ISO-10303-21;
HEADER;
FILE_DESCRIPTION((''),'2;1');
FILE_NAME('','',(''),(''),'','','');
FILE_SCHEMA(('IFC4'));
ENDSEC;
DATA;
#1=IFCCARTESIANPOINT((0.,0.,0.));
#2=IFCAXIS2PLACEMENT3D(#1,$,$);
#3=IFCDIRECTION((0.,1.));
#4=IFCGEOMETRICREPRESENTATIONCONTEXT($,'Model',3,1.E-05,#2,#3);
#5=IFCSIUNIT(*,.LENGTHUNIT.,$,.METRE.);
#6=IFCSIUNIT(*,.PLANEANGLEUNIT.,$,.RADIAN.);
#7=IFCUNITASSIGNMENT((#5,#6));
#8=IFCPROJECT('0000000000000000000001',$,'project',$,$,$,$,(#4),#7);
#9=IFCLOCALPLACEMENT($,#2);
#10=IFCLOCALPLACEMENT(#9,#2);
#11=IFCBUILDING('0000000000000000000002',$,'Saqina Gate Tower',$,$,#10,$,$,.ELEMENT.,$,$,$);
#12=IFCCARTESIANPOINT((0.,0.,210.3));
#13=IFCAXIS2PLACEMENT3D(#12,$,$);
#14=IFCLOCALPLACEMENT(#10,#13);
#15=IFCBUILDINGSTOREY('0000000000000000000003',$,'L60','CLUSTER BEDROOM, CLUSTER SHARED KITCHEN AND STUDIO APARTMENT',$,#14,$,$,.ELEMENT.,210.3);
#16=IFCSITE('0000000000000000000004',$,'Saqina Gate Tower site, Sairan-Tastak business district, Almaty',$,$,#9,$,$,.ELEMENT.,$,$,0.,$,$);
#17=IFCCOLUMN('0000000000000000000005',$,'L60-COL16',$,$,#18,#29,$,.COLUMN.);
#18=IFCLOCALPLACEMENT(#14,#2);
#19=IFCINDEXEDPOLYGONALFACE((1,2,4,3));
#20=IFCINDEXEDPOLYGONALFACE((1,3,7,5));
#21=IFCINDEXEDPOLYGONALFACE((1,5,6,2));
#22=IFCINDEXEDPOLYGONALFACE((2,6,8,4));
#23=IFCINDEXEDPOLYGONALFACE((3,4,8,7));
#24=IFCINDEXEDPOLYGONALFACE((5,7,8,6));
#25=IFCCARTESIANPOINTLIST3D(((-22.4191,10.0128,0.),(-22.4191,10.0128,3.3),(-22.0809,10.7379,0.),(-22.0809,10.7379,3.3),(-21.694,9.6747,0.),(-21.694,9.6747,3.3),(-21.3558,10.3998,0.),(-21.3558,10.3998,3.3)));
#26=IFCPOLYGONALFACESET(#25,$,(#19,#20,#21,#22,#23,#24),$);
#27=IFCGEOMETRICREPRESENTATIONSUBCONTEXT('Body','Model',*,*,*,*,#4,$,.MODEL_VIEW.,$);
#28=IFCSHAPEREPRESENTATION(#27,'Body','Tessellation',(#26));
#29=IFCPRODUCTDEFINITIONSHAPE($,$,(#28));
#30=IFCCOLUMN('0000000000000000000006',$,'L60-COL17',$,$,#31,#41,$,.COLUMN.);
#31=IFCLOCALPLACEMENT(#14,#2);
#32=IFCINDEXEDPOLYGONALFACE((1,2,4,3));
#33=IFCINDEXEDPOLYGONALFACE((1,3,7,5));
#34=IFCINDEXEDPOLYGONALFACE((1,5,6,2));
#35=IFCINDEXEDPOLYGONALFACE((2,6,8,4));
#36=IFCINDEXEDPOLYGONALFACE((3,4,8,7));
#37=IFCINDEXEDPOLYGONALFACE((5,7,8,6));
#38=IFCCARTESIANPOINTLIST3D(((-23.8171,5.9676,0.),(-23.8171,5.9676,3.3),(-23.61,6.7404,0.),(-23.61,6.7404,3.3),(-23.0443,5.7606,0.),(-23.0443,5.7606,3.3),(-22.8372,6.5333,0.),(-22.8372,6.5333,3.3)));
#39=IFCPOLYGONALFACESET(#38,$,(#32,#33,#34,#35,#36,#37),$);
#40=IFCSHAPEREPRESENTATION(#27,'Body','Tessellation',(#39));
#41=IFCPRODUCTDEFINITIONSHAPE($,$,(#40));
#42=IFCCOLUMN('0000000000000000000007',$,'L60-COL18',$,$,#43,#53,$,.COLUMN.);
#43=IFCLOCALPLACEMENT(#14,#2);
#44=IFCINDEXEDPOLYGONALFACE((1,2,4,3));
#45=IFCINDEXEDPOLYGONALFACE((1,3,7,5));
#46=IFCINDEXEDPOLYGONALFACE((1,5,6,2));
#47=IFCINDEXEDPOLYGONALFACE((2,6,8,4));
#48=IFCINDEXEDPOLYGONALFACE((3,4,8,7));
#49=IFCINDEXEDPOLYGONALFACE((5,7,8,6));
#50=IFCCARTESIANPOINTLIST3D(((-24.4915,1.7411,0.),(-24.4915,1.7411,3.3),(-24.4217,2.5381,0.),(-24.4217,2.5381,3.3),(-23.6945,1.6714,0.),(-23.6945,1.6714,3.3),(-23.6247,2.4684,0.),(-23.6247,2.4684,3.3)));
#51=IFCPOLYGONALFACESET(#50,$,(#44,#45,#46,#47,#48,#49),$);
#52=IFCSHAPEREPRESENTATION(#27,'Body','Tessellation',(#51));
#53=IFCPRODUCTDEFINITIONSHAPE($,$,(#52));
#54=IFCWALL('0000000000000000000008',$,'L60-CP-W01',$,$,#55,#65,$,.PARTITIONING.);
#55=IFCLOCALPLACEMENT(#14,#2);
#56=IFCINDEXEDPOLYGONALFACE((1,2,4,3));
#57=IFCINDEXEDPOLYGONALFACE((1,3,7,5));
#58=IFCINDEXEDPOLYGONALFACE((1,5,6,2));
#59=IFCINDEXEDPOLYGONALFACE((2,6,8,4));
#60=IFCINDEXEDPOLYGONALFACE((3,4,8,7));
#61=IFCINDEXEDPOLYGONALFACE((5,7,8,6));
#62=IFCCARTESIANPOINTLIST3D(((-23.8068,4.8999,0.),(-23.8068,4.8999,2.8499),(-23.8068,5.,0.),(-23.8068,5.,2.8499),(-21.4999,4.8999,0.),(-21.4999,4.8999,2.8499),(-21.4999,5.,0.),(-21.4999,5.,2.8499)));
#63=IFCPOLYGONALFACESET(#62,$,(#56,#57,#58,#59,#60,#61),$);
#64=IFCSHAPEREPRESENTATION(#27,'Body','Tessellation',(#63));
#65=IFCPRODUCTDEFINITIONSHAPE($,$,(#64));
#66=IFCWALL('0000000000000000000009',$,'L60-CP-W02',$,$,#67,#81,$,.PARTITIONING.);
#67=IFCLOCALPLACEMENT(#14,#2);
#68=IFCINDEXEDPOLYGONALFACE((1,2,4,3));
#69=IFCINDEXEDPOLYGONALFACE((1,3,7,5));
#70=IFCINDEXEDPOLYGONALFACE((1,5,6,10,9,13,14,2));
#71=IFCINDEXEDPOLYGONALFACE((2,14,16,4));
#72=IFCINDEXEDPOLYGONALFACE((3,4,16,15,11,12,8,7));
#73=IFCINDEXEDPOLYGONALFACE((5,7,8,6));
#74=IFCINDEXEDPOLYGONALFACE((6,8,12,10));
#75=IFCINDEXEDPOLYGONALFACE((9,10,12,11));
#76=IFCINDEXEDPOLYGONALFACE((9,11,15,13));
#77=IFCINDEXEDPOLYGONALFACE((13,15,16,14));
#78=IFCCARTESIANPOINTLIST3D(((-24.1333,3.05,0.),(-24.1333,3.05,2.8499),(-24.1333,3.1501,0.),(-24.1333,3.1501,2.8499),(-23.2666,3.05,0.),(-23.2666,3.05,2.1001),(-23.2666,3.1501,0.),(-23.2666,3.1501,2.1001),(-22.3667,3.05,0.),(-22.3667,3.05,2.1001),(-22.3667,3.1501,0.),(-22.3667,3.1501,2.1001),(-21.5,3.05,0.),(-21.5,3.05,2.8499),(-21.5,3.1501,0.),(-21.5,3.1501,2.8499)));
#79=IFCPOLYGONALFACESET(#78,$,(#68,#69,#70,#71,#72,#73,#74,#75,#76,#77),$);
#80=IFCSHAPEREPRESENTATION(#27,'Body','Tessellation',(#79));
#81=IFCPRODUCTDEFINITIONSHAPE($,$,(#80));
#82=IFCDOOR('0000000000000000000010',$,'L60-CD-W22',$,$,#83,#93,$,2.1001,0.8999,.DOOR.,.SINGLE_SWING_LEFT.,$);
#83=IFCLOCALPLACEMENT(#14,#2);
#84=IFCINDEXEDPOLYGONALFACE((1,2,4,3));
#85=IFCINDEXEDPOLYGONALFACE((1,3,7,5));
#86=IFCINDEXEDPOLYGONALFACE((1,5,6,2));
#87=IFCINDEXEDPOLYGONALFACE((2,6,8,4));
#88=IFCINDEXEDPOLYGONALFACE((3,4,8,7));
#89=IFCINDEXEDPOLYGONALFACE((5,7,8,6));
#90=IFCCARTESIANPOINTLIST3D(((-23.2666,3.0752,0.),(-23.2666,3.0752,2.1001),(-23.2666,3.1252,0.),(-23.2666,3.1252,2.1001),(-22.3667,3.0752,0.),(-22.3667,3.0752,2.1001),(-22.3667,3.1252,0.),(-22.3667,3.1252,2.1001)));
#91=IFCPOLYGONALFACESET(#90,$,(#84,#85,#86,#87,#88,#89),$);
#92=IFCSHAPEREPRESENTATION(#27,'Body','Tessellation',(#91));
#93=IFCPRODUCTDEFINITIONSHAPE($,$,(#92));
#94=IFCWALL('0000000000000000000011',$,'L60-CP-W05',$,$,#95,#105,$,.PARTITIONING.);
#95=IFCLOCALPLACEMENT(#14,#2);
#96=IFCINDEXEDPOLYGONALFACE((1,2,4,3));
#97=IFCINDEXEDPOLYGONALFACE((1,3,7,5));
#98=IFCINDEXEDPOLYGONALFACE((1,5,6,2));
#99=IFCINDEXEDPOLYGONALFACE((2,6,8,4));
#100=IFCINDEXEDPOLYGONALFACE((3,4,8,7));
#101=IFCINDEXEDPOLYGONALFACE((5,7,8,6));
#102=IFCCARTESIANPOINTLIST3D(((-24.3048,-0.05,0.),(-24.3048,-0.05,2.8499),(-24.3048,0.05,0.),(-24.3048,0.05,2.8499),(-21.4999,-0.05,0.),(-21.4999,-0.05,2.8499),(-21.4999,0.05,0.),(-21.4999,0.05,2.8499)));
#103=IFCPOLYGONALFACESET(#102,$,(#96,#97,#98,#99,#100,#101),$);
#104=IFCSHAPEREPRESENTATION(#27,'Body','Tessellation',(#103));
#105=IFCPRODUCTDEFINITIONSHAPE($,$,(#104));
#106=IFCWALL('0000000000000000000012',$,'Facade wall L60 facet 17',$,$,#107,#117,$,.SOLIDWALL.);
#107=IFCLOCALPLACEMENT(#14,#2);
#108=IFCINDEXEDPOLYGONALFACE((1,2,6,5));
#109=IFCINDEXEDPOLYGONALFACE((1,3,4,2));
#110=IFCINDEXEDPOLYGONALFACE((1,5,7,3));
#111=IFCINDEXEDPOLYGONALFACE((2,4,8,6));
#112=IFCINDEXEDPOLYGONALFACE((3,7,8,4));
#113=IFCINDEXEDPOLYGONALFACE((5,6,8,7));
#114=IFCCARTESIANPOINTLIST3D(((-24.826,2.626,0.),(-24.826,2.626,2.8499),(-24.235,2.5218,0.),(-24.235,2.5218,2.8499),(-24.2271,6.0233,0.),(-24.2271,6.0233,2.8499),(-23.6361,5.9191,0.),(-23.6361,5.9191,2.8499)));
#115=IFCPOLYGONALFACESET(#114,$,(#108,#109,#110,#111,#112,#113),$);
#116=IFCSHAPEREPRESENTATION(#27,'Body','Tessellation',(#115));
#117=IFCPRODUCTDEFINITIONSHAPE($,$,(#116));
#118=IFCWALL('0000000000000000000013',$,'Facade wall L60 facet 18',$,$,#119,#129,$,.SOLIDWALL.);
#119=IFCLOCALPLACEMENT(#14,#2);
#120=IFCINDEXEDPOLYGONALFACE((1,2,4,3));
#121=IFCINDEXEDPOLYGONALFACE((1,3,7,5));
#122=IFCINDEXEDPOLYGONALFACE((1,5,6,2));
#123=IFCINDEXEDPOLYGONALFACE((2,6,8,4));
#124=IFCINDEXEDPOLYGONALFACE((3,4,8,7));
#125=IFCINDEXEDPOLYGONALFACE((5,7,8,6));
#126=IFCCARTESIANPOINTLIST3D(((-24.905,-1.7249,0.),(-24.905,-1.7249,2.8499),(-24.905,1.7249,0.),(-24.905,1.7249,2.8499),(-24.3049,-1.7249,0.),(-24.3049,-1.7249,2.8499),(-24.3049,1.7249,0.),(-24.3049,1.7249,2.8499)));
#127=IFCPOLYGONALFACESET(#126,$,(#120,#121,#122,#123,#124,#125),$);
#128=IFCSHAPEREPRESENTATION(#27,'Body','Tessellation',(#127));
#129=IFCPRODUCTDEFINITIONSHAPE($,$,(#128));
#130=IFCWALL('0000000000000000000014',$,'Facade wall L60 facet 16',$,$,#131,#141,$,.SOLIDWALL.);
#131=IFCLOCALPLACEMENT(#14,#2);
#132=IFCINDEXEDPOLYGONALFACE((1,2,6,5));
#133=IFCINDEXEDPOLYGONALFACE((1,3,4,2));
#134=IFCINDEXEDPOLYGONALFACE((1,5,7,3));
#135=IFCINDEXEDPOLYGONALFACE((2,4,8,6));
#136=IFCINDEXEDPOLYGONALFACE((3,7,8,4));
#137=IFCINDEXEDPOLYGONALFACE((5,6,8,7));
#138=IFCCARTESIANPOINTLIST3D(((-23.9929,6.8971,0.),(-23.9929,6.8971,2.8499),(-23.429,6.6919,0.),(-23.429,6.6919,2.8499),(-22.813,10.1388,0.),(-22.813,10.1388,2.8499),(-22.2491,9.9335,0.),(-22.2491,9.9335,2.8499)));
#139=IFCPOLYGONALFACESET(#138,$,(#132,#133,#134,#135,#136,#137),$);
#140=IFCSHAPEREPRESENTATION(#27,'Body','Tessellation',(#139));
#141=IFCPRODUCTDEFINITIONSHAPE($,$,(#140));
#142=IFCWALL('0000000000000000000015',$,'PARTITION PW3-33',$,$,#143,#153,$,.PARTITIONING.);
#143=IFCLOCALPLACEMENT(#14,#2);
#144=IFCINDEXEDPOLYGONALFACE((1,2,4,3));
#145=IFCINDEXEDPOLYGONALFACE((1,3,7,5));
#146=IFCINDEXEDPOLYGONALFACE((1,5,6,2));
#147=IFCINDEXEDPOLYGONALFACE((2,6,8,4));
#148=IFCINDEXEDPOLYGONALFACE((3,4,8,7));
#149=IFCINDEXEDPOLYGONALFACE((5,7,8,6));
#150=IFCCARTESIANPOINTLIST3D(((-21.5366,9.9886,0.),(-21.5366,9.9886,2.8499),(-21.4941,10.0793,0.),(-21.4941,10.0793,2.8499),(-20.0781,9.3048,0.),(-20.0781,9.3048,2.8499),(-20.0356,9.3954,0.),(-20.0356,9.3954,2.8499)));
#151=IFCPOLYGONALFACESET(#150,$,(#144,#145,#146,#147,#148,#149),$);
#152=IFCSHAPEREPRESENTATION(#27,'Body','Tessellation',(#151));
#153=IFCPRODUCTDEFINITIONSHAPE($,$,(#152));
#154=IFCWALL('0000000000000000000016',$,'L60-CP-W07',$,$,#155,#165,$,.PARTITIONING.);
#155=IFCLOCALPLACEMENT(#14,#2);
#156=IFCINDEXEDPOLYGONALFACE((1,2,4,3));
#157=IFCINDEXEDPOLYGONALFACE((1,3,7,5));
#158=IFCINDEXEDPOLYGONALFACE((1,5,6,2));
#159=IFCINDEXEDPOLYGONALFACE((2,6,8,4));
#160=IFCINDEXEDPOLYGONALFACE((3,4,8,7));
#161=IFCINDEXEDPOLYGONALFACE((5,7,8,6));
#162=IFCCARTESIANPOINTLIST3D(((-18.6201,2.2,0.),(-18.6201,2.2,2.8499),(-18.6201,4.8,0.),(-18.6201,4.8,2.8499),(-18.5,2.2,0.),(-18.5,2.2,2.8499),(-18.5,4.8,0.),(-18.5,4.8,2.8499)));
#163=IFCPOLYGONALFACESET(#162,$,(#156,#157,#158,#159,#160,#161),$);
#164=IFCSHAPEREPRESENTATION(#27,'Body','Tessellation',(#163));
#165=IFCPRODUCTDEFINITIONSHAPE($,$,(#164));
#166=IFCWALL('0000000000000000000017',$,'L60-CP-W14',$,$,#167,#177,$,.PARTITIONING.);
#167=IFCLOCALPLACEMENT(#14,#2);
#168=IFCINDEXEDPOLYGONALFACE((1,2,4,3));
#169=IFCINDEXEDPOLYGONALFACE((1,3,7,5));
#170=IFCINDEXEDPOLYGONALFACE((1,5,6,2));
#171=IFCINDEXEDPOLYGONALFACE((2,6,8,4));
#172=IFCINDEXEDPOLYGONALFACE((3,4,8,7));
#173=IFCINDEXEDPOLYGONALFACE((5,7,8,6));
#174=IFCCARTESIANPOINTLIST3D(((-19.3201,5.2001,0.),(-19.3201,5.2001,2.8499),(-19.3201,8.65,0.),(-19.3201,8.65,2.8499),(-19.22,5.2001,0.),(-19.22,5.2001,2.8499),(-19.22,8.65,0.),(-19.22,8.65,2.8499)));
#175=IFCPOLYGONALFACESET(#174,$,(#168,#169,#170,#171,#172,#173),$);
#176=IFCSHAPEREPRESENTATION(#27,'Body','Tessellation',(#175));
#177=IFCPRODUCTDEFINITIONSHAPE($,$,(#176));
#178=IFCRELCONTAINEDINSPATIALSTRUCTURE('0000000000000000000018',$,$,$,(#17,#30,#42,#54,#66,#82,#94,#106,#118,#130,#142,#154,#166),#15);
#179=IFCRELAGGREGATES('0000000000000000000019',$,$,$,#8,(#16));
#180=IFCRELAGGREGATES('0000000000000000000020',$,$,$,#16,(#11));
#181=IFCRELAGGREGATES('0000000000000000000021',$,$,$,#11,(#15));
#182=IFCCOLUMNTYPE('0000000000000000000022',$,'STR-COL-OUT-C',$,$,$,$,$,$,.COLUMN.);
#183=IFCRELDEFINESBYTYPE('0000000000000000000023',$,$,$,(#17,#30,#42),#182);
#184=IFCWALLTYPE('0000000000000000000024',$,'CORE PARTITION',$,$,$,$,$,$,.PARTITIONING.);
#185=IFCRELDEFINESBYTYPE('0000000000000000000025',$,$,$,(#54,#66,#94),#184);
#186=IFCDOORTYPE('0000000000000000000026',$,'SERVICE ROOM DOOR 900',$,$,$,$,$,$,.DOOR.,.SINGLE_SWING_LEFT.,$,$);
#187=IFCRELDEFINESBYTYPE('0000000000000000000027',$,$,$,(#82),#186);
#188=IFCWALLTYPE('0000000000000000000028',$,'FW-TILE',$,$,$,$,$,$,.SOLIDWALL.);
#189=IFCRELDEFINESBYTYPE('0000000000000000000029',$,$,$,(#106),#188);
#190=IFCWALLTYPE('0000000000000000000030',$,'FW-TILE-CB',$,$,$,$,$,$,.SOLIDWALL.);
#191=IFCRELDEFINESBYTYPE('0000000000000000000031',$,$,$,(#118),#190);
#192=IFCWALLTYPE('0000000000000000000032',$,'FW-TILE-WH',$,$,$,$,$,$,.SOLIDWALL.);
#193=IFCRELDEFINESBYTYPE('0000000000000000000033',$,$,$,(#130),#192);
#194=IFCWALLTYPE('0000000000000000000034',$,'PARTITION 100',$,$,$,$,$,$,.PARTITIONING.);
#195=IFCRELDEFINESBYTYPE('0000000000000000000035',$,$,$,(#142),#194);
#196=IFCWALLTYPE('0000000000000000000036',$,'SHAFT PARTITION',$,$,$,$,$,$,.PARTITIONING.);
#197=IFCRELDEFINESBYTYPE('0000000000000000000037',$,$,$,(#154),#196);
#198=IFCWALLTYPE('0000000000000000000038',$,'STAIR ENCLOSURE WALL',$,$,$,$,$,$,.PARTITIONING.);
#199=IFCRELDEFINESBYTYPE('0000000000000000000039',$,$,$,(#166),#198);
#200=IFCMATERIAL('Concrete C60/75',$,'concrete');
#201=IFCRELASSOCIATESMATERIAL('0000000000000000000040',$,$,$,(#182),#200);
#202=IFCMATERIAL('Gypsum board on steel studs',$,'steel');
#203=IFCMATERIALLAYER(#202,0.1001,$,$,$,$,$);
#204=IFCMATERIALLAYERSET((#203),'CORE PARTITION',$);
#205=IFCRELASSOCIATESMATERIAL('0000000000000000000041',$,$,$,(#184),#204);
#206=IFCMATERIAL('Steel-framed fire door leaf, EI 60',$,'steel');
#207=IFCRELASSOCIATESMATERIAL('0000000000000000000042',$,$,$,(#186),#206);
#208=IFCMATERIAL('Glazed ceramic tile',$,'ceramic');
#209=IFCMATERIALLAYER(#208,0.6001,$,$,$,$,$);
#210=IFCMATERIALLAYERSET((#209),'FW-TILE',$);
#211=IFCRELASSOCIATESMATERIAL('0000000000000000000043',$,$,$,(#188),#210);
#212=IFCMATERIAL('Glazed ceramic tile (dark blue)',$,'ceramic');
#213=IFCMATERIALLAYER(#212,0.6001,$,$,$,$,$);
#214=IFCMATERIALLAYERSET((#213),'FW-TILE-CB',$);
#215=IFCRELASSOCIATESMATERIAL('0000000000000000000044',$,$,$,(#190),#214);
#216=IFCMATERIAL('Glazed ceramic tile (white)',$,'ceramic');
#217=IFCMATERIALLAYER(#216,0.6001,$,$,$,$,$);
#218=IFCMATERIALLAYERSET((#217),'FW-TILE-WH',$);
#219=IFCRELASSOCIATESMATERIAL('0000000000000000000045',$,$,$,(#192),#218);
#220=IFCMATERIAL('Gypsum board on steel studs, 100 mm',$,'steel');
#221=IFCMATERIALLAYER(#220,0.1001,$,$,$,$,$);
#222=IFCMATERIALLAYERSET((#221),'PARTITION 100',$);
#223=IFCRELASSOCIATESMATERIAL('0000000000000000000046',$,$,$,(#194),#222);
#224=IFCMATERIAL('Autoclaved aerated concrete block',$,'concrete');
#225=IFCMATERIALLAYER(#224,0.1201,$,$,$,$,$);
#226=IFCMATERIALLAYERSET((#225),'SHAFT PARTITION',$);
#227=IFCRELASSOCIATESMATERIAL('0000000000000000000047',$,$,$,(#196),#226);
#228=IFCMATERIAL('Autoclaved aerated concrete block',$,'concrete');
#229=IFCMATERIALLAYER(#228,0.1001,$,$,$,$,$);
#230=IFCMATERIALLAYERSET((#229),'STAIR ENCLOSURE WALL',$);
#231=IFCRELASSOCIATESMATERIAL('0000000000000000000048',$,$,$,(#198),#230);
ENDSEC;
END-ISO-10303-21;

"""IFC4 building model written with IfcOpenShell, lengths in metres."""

from ifc_helpers import new_model, si_unit, direction, frame, frame_2d, origin, origin_2d, place, context, subcontext, project, spatial, rectangle, extrude, material, layer, layer_set, material_profile, profile_set, type_object, element, fill, save


model = new_model("IFC4")

# Units and contexts
model_context = context("Model", 3, precision=1e-05, world=origin(), true_north=direction((0.0, 1.0)))
body_context = subcontext(model_context, "Body", "Model", "MODEL_VIEW")
ifc_project = project(units=[si_unit("LENGTHUNIT", "METRE"), si_unit("PLANEANGLEUNIT", "RADIAN")], contexts=[model_context])

# Site, building, storey
site_placement = place(None, origin())
site = spatial("IfcSite", under=ifc_project, at=site_placement, Name="Saqina Gate Tower site, Sairan-Tastak business district, Almaty", CompositionType="ELEMENT", RefElevation=0.0)
building_placement = place(site_placement, origin())
building = spatial("IfcBuilding", under=site, at=building_placement, Name="Saqina Gate Tower", CompositionType="ELEMENT")
storey_placement = place(building_placement, frame((0.0, 0.0, 210.3)))
storey = spatial("IfcBuildingStorey", under=building, at=storey_placement, Name="L60", Description="CLUSTER BEDROOM, CLUSTER SHARED KITCHEN AND STUDIO APARTMENT", CompositionType="ELEMENT", Elevation=210.3)

# Columns
ifc_material_1 = material(Name="Concrete C60/75", Category="concrete")
ifc_material_profile = material_profile(ifc_material_1, rectangle(XDim=0.8, YDim=0.8, at=origin_2d()), Name="RC 800x800")
ifc_profile_set = profile_set([ifc_material_profile], Name="Concrete C60/75")
column_type = type_object("IfcColumnType", Name="STR-COL-OUT-C", PredefinedType="COLUMN", material=ifc_profile_set)
for number, where, z_axis, x_axis, name in (
    (1, (-21.8875, 10.2063, 0.0), (0.0, 0.0, 1.0), (-0.906308, 0.422618, 0.0), "L60-COL16"),
    (2, (-23.3271, 6.2505, 0.0), (0.0, 0.0, 1.0), (-0.965926, 0.258819, 0.0), "L60-COL17"),
    (3, (-24.0581, 2.1047, 0.0), (0.0, 0.0, 1.0), (-0.996195, 0.087156, 0.0), "L60-COL18"),
):
    element("IfcColumn", number, at=place(storey_placement, frame(where, z_axis=z_axis, x_axis=x_axis)), inside=storey, type_object=column_type, Name=name, PredefinedType="COLUMN", context=body_context, shape_type="SweptSolid", body=[
        extrude(rectangle(XDim=0.8, YDim=0.8, at=origin_2d()), origin(), (0.0, 0.0, 1.0), 3.3),
    ])

# Wall
ifc_material_2 = material(Name="Gypsum board on steel studs", Category="steel")
ifc_layer_1 = layer(ifc_material_2, 0.1001)
ifc_layer_set_1 = layer_set([ifc_layer_1], Name="CORE PARTITION")
wall_type_1 = type_object("IfcWallType", Name="CORE PARTITION", PredefinedType="PARTITIONING", material=ifc_layer_set_1)
wall_1_placement = place(storey_placement, frame((-21.5, 4.95, 0.0), z_axis=(0.0, 0.0, 1.0), x_axis=(-1.0, 0.0, 0.0)))
element("IfcWall", 4, at=wall_1_placement, inside=storey, type_object=wall_type_1, Name="L60-CP-W01", PredefinedType="PARTITIONING", context=body_context, shape_type="SweptSolid", body=[
    extrude(rectangle(XDim=2.3069, YDim=0.1001, at=frame_2d((1.1533, 0.0))), origin(), (0.0, 0.0, 1.0), 2.8499),
])

# Wall, opening, door
wall_2_placement = place(storey_placement, frame((-21.5, 3.1001, 0.0), z_axis=(0.0, 0.0, 1.0), x_axis=(-1.0, 0.0, 0.0)))
wall_2 = element("IfcWall", 5, at=wall_2_placement, inside=storey, type_object=wall_type_1, Name="L60-CP-W02", PredefinedType="PARTITIONING", context=body_context, shape_type="SweptSolid", body=[
    extrude(rectangle(XDim=2.6333, YDim=0.1001, at=frame_2d((1.3167, 0.0))), origin(), (0.0, 0.0, 1.0), 2.8499),
])
opening_placement = place(wall_2_placement, frame((0.8667, 0.0, 0.0)))
opening = element("IfcOpeningElement", 6, at=opening_placement, cuts=wall_2, PredefinedType="OPENING", context=body_context, shape_type="SweptSolid", body=[
    extrude(rectangle(XDim=0.8999, YDim=2.1001, at=frame_2d((0.45, 1.05))), frame((0.0, 0.062, 0.0), z_axis=(0.0, -1.0, 0.0), x_axis=(1.0, 0.0, 0.0)), (0.0, 0.0, 1.0), 0.124),
])
ifc_material_3 = material(Name="Steel-framed fire door leaf, EI 60", Category="steel")
door_type = type_object("IfcDoorType", Name="SERVICE ROOM DOOR 900", OperationType="SINGLE_SWING_LEFT", PredefinedType="DOOR", material=ifc_material_3)
door_placement = place(opening_placement, origin())
door = element("IfcDoor", 7, at=door_placement, inside=storey, type_object=door_type, Name="L60-CD-W22", OperationType="SINGLE_SWING_LEFT", OverallHeight=2.1001, OverallWidth=0.8999, PredefinedType="DOOR", context=body_context, shape_type="SweptSolid", body=[
    extrude(rectangle(XDim=0.8999, YDim=2.1001, at=frame_2d((0.45, 1.05))), frame((0.0, 0.0249, 0.0), z_axis=(0.0, -1.0, 0.0), x_axis=(1.0, 0.0, 0.0)), (0.0, 0.0, 1.0), 0.05),
])
fill(opening, door)

# Walls
wall_3_placement = place(storey_placement, frame((-21.5, 0.0, 0.0), z_axis=(0.0, 0.0, 1.0), x_axis=(-1.0, 0.0, 0.0)))
element("IfcWall", 8, at=wall_3_placement, inside=storey, type_object=wall_type_1, Name="L60-CP-W05", PredefinedType="PARTITIONING", context=body_context, shape_type="SweptSolid", body=[
    extrude(rectangle(XDim=2.8049, YDim=0.1001, at=frame_2d((1.4023, 0.0))), origin(), (0.0, 0.0, 1.0), 2.8499),
])
ifc_material_4 = material(Name="Glazed ceramic tile", Category="ceramic")
ifc_layer_2 = layer(ifc_material_4, 0.6001)
ifc_layer_set_2 = layer_set([ifc_layer_2], Name="FW-TILE")
wall_type_2 = type_object("IfcWallType", Name="FW-TILE", PredefinedType="SOLIDWALL", material=ifc_layer_set_2)
wall_4_placement = place(storey_placement, frame((-23.9316, 5.9712, 0.0), z_axis=(0.0, 0.0, 1.0), x_axis=(-0.173608, -0.984815, 0.0)))
element("IfcWall", 9, at=wall_4_placement, inside=storey, type_object=wall_type_2, Name="Facade wall L60 facet 17", PredefinedType="SOLIDWALL", context=body_context, shape_type="SweptSolid", body=[
    extrude(rectangle(XDim=3.4497, YDim=0.6001, at=frame_2d((1.7249, 0.0))), origin(), (0.0, 0.0, 1.0), 2.8499),
])
ifc_material_5 = material(Name="Glazed ceramic tile (dark blue)", Category="ceramic")
ifc_layer_3 = layer(ifc_material_5, 0.6001)
ifc_layer_set_3 = layer_set([ifc_layer_3], Name="FW-TILE-CB")
wall_type_3 = type_object("IfcWallType", Name="FW-TILE-CB", PredefinedType="SOLIDWALL", material=ifc_layer_set_3)
wall_5_placement = place(storey_placement, frame((-24.605, 1.7249, 0.0), z_axis=(0.0, 0.0, 1.0), x_axis=(0.0, -1.0, 0.0)))
element("IfcWall", 10, at=wall_5_placement, inside=storey, type_object=wall_type_3, Name="Facade wall L60 facet 18", PredefinedType="SOLIDWALL", context=body_context, shape_type="SweptSolid", body=[
    extrude(rectangle(XDim=3.4497, YDim=0.6001, at=frame_2d((1.7249, 0.0))), origin(), (0.0, 0.0, 1.0), 2.8499),
])
ifc_material_6 = material(Name="Glazed ceramic tile (white)", Category="ceramic")
ifc_layer_4 = layer(ifc_material_6, 0.6001)
ifc_layer_set_4 = layer_set([ifc_layer_4], Name="FW-TILE-WH")
wall_type_4 = type_object("IfcWallType", Name="FW-TILE-WH", PredefinedType="SOLIDWALL", material=ifc_layer_set_4)
wall_6_placement = place(storey_placement, frame((-22.531, 10.0361, 0.0), z_axis=(0.0, 0.0, 1.0), x_axis=(-0.342033, -0.939688, 0.0)))
element("IfcWall", 11, at=wall_6_placement, inside=storey, type_object=wall_type_4, Name="Facade wall L60 facet 16", PredefinedType="SOLIDWALL", context=body_context, shape_type="SweptSolid", body=[
    extrude(rectangle(XDim=3.4497, YDim=0.6001, at=frame_2d((1.7249, 0.0))), origin(), (0.0, 0.0, 1.0), 2.8499),
])
ifc_material_7 = material(Name="Gypsum board on steel studs, 100 mm", Category="steel")
ifc_layer_5 = layer(ifc_material_7, 0.1001)
ifc_layer_set_5 = layer_set([ifc_layer_5], Name="PARTITION 100")
wall_type_5 = type_object("IfcWallType", Name="PARTITION 100", PredefinedType="PARTITIONING", material=ifc_layer_set_5)
wall_7_placement = place(storey_placement, frame((-21.5154, 10.0339, 0.0), z_axis=(0.0, 0.0, 1.0), x_axis=(0.905419, -0.424519, 0.0)))
element("IfcWall", 12, at=wall_7_placement, inside=storey, type_object=wall_type_5, Name="PARTITION PW3-33", PredefinedType="PARTITIONING", context=body_context, shape_type="SweptSolid", body=[
    extrude(rectangle(XDim=1.6108, YDim=0.1001, at=frame_2d((0.8054, 0.0))), origin(), (0.0, 0.0, 1.0), 2.8499),
])
ifc_material_8 = material(Name="Autoclaved aerated concrete block", Category="concrete")
ifc_layer_6 = layer(ifc_material_8, 0.1201)
ifc_layer_set_6 = layer_set([ifc_layer_6], Name="SHAFT PARTITION")
wall_type_6 = type_object("IfcWallType", Name="SHAFT PARTITION", PredefinedType="PARTITIONING", material=ifc_layer_set_6)
wall_8_placement = place(storey_placement, frame((-18.5601, 2.2, 0.0), z_axis=(0.0, 0.0, 1.0), x_axis=(0.0, 1.0, 0.0)))
element("IfcWall", 13, at=wall_8_placement, inside=storey, type_object=wall_type_6, Name="L60-CP-W07", PredefinedType="PARTITIONING", context=body_context, shape_type="SweptSolid", body=[
    extrude(rectangle(XDim=2.6001, YDim=0.1201, at=frame_2d((1.3, 0.0))), origin(), (0.0, 0.0, 1.0), 2.8499),
])
ifc_material_9 = material(Name="Autoclaved aerated concrete block", Category="concrete")
ifc_layer_7 = layer(ifc_material_9, 0.1001)
ifc_layer_set_7 = layer_set([ifc_layer_7], Name="STAIR ENCLOSURE WALL")
wall_type_7 = type_object("IfcWallType", Name="STAIR ENCLOSURE WALL", PredefinedType="PARTITIONING", material=ifc_layer_set_7)
wall_9_placement = place(storey_placement, frame((-19.27, 5.2, 0.0), z_axis=(0.0, 0.0, 1.0), x_axis=(0.0, 1.0, 0.0)))
element("IfcWall", 14, at=wall_9_placement, inside=storey, type_object=wall_type_7, Name="L60-CP-W14", PredefinedType="PARTITIONING", context=body_context, shape_type="SweptSolid", body=[
    extrude(rectangle(XDim=3.45, YDim=0.1001, at=frame_2d((1.7251, 0.0))), origin(), (0.0, 0.0, 1.0), 2.8499),
])

save(model, "model.ifc")
